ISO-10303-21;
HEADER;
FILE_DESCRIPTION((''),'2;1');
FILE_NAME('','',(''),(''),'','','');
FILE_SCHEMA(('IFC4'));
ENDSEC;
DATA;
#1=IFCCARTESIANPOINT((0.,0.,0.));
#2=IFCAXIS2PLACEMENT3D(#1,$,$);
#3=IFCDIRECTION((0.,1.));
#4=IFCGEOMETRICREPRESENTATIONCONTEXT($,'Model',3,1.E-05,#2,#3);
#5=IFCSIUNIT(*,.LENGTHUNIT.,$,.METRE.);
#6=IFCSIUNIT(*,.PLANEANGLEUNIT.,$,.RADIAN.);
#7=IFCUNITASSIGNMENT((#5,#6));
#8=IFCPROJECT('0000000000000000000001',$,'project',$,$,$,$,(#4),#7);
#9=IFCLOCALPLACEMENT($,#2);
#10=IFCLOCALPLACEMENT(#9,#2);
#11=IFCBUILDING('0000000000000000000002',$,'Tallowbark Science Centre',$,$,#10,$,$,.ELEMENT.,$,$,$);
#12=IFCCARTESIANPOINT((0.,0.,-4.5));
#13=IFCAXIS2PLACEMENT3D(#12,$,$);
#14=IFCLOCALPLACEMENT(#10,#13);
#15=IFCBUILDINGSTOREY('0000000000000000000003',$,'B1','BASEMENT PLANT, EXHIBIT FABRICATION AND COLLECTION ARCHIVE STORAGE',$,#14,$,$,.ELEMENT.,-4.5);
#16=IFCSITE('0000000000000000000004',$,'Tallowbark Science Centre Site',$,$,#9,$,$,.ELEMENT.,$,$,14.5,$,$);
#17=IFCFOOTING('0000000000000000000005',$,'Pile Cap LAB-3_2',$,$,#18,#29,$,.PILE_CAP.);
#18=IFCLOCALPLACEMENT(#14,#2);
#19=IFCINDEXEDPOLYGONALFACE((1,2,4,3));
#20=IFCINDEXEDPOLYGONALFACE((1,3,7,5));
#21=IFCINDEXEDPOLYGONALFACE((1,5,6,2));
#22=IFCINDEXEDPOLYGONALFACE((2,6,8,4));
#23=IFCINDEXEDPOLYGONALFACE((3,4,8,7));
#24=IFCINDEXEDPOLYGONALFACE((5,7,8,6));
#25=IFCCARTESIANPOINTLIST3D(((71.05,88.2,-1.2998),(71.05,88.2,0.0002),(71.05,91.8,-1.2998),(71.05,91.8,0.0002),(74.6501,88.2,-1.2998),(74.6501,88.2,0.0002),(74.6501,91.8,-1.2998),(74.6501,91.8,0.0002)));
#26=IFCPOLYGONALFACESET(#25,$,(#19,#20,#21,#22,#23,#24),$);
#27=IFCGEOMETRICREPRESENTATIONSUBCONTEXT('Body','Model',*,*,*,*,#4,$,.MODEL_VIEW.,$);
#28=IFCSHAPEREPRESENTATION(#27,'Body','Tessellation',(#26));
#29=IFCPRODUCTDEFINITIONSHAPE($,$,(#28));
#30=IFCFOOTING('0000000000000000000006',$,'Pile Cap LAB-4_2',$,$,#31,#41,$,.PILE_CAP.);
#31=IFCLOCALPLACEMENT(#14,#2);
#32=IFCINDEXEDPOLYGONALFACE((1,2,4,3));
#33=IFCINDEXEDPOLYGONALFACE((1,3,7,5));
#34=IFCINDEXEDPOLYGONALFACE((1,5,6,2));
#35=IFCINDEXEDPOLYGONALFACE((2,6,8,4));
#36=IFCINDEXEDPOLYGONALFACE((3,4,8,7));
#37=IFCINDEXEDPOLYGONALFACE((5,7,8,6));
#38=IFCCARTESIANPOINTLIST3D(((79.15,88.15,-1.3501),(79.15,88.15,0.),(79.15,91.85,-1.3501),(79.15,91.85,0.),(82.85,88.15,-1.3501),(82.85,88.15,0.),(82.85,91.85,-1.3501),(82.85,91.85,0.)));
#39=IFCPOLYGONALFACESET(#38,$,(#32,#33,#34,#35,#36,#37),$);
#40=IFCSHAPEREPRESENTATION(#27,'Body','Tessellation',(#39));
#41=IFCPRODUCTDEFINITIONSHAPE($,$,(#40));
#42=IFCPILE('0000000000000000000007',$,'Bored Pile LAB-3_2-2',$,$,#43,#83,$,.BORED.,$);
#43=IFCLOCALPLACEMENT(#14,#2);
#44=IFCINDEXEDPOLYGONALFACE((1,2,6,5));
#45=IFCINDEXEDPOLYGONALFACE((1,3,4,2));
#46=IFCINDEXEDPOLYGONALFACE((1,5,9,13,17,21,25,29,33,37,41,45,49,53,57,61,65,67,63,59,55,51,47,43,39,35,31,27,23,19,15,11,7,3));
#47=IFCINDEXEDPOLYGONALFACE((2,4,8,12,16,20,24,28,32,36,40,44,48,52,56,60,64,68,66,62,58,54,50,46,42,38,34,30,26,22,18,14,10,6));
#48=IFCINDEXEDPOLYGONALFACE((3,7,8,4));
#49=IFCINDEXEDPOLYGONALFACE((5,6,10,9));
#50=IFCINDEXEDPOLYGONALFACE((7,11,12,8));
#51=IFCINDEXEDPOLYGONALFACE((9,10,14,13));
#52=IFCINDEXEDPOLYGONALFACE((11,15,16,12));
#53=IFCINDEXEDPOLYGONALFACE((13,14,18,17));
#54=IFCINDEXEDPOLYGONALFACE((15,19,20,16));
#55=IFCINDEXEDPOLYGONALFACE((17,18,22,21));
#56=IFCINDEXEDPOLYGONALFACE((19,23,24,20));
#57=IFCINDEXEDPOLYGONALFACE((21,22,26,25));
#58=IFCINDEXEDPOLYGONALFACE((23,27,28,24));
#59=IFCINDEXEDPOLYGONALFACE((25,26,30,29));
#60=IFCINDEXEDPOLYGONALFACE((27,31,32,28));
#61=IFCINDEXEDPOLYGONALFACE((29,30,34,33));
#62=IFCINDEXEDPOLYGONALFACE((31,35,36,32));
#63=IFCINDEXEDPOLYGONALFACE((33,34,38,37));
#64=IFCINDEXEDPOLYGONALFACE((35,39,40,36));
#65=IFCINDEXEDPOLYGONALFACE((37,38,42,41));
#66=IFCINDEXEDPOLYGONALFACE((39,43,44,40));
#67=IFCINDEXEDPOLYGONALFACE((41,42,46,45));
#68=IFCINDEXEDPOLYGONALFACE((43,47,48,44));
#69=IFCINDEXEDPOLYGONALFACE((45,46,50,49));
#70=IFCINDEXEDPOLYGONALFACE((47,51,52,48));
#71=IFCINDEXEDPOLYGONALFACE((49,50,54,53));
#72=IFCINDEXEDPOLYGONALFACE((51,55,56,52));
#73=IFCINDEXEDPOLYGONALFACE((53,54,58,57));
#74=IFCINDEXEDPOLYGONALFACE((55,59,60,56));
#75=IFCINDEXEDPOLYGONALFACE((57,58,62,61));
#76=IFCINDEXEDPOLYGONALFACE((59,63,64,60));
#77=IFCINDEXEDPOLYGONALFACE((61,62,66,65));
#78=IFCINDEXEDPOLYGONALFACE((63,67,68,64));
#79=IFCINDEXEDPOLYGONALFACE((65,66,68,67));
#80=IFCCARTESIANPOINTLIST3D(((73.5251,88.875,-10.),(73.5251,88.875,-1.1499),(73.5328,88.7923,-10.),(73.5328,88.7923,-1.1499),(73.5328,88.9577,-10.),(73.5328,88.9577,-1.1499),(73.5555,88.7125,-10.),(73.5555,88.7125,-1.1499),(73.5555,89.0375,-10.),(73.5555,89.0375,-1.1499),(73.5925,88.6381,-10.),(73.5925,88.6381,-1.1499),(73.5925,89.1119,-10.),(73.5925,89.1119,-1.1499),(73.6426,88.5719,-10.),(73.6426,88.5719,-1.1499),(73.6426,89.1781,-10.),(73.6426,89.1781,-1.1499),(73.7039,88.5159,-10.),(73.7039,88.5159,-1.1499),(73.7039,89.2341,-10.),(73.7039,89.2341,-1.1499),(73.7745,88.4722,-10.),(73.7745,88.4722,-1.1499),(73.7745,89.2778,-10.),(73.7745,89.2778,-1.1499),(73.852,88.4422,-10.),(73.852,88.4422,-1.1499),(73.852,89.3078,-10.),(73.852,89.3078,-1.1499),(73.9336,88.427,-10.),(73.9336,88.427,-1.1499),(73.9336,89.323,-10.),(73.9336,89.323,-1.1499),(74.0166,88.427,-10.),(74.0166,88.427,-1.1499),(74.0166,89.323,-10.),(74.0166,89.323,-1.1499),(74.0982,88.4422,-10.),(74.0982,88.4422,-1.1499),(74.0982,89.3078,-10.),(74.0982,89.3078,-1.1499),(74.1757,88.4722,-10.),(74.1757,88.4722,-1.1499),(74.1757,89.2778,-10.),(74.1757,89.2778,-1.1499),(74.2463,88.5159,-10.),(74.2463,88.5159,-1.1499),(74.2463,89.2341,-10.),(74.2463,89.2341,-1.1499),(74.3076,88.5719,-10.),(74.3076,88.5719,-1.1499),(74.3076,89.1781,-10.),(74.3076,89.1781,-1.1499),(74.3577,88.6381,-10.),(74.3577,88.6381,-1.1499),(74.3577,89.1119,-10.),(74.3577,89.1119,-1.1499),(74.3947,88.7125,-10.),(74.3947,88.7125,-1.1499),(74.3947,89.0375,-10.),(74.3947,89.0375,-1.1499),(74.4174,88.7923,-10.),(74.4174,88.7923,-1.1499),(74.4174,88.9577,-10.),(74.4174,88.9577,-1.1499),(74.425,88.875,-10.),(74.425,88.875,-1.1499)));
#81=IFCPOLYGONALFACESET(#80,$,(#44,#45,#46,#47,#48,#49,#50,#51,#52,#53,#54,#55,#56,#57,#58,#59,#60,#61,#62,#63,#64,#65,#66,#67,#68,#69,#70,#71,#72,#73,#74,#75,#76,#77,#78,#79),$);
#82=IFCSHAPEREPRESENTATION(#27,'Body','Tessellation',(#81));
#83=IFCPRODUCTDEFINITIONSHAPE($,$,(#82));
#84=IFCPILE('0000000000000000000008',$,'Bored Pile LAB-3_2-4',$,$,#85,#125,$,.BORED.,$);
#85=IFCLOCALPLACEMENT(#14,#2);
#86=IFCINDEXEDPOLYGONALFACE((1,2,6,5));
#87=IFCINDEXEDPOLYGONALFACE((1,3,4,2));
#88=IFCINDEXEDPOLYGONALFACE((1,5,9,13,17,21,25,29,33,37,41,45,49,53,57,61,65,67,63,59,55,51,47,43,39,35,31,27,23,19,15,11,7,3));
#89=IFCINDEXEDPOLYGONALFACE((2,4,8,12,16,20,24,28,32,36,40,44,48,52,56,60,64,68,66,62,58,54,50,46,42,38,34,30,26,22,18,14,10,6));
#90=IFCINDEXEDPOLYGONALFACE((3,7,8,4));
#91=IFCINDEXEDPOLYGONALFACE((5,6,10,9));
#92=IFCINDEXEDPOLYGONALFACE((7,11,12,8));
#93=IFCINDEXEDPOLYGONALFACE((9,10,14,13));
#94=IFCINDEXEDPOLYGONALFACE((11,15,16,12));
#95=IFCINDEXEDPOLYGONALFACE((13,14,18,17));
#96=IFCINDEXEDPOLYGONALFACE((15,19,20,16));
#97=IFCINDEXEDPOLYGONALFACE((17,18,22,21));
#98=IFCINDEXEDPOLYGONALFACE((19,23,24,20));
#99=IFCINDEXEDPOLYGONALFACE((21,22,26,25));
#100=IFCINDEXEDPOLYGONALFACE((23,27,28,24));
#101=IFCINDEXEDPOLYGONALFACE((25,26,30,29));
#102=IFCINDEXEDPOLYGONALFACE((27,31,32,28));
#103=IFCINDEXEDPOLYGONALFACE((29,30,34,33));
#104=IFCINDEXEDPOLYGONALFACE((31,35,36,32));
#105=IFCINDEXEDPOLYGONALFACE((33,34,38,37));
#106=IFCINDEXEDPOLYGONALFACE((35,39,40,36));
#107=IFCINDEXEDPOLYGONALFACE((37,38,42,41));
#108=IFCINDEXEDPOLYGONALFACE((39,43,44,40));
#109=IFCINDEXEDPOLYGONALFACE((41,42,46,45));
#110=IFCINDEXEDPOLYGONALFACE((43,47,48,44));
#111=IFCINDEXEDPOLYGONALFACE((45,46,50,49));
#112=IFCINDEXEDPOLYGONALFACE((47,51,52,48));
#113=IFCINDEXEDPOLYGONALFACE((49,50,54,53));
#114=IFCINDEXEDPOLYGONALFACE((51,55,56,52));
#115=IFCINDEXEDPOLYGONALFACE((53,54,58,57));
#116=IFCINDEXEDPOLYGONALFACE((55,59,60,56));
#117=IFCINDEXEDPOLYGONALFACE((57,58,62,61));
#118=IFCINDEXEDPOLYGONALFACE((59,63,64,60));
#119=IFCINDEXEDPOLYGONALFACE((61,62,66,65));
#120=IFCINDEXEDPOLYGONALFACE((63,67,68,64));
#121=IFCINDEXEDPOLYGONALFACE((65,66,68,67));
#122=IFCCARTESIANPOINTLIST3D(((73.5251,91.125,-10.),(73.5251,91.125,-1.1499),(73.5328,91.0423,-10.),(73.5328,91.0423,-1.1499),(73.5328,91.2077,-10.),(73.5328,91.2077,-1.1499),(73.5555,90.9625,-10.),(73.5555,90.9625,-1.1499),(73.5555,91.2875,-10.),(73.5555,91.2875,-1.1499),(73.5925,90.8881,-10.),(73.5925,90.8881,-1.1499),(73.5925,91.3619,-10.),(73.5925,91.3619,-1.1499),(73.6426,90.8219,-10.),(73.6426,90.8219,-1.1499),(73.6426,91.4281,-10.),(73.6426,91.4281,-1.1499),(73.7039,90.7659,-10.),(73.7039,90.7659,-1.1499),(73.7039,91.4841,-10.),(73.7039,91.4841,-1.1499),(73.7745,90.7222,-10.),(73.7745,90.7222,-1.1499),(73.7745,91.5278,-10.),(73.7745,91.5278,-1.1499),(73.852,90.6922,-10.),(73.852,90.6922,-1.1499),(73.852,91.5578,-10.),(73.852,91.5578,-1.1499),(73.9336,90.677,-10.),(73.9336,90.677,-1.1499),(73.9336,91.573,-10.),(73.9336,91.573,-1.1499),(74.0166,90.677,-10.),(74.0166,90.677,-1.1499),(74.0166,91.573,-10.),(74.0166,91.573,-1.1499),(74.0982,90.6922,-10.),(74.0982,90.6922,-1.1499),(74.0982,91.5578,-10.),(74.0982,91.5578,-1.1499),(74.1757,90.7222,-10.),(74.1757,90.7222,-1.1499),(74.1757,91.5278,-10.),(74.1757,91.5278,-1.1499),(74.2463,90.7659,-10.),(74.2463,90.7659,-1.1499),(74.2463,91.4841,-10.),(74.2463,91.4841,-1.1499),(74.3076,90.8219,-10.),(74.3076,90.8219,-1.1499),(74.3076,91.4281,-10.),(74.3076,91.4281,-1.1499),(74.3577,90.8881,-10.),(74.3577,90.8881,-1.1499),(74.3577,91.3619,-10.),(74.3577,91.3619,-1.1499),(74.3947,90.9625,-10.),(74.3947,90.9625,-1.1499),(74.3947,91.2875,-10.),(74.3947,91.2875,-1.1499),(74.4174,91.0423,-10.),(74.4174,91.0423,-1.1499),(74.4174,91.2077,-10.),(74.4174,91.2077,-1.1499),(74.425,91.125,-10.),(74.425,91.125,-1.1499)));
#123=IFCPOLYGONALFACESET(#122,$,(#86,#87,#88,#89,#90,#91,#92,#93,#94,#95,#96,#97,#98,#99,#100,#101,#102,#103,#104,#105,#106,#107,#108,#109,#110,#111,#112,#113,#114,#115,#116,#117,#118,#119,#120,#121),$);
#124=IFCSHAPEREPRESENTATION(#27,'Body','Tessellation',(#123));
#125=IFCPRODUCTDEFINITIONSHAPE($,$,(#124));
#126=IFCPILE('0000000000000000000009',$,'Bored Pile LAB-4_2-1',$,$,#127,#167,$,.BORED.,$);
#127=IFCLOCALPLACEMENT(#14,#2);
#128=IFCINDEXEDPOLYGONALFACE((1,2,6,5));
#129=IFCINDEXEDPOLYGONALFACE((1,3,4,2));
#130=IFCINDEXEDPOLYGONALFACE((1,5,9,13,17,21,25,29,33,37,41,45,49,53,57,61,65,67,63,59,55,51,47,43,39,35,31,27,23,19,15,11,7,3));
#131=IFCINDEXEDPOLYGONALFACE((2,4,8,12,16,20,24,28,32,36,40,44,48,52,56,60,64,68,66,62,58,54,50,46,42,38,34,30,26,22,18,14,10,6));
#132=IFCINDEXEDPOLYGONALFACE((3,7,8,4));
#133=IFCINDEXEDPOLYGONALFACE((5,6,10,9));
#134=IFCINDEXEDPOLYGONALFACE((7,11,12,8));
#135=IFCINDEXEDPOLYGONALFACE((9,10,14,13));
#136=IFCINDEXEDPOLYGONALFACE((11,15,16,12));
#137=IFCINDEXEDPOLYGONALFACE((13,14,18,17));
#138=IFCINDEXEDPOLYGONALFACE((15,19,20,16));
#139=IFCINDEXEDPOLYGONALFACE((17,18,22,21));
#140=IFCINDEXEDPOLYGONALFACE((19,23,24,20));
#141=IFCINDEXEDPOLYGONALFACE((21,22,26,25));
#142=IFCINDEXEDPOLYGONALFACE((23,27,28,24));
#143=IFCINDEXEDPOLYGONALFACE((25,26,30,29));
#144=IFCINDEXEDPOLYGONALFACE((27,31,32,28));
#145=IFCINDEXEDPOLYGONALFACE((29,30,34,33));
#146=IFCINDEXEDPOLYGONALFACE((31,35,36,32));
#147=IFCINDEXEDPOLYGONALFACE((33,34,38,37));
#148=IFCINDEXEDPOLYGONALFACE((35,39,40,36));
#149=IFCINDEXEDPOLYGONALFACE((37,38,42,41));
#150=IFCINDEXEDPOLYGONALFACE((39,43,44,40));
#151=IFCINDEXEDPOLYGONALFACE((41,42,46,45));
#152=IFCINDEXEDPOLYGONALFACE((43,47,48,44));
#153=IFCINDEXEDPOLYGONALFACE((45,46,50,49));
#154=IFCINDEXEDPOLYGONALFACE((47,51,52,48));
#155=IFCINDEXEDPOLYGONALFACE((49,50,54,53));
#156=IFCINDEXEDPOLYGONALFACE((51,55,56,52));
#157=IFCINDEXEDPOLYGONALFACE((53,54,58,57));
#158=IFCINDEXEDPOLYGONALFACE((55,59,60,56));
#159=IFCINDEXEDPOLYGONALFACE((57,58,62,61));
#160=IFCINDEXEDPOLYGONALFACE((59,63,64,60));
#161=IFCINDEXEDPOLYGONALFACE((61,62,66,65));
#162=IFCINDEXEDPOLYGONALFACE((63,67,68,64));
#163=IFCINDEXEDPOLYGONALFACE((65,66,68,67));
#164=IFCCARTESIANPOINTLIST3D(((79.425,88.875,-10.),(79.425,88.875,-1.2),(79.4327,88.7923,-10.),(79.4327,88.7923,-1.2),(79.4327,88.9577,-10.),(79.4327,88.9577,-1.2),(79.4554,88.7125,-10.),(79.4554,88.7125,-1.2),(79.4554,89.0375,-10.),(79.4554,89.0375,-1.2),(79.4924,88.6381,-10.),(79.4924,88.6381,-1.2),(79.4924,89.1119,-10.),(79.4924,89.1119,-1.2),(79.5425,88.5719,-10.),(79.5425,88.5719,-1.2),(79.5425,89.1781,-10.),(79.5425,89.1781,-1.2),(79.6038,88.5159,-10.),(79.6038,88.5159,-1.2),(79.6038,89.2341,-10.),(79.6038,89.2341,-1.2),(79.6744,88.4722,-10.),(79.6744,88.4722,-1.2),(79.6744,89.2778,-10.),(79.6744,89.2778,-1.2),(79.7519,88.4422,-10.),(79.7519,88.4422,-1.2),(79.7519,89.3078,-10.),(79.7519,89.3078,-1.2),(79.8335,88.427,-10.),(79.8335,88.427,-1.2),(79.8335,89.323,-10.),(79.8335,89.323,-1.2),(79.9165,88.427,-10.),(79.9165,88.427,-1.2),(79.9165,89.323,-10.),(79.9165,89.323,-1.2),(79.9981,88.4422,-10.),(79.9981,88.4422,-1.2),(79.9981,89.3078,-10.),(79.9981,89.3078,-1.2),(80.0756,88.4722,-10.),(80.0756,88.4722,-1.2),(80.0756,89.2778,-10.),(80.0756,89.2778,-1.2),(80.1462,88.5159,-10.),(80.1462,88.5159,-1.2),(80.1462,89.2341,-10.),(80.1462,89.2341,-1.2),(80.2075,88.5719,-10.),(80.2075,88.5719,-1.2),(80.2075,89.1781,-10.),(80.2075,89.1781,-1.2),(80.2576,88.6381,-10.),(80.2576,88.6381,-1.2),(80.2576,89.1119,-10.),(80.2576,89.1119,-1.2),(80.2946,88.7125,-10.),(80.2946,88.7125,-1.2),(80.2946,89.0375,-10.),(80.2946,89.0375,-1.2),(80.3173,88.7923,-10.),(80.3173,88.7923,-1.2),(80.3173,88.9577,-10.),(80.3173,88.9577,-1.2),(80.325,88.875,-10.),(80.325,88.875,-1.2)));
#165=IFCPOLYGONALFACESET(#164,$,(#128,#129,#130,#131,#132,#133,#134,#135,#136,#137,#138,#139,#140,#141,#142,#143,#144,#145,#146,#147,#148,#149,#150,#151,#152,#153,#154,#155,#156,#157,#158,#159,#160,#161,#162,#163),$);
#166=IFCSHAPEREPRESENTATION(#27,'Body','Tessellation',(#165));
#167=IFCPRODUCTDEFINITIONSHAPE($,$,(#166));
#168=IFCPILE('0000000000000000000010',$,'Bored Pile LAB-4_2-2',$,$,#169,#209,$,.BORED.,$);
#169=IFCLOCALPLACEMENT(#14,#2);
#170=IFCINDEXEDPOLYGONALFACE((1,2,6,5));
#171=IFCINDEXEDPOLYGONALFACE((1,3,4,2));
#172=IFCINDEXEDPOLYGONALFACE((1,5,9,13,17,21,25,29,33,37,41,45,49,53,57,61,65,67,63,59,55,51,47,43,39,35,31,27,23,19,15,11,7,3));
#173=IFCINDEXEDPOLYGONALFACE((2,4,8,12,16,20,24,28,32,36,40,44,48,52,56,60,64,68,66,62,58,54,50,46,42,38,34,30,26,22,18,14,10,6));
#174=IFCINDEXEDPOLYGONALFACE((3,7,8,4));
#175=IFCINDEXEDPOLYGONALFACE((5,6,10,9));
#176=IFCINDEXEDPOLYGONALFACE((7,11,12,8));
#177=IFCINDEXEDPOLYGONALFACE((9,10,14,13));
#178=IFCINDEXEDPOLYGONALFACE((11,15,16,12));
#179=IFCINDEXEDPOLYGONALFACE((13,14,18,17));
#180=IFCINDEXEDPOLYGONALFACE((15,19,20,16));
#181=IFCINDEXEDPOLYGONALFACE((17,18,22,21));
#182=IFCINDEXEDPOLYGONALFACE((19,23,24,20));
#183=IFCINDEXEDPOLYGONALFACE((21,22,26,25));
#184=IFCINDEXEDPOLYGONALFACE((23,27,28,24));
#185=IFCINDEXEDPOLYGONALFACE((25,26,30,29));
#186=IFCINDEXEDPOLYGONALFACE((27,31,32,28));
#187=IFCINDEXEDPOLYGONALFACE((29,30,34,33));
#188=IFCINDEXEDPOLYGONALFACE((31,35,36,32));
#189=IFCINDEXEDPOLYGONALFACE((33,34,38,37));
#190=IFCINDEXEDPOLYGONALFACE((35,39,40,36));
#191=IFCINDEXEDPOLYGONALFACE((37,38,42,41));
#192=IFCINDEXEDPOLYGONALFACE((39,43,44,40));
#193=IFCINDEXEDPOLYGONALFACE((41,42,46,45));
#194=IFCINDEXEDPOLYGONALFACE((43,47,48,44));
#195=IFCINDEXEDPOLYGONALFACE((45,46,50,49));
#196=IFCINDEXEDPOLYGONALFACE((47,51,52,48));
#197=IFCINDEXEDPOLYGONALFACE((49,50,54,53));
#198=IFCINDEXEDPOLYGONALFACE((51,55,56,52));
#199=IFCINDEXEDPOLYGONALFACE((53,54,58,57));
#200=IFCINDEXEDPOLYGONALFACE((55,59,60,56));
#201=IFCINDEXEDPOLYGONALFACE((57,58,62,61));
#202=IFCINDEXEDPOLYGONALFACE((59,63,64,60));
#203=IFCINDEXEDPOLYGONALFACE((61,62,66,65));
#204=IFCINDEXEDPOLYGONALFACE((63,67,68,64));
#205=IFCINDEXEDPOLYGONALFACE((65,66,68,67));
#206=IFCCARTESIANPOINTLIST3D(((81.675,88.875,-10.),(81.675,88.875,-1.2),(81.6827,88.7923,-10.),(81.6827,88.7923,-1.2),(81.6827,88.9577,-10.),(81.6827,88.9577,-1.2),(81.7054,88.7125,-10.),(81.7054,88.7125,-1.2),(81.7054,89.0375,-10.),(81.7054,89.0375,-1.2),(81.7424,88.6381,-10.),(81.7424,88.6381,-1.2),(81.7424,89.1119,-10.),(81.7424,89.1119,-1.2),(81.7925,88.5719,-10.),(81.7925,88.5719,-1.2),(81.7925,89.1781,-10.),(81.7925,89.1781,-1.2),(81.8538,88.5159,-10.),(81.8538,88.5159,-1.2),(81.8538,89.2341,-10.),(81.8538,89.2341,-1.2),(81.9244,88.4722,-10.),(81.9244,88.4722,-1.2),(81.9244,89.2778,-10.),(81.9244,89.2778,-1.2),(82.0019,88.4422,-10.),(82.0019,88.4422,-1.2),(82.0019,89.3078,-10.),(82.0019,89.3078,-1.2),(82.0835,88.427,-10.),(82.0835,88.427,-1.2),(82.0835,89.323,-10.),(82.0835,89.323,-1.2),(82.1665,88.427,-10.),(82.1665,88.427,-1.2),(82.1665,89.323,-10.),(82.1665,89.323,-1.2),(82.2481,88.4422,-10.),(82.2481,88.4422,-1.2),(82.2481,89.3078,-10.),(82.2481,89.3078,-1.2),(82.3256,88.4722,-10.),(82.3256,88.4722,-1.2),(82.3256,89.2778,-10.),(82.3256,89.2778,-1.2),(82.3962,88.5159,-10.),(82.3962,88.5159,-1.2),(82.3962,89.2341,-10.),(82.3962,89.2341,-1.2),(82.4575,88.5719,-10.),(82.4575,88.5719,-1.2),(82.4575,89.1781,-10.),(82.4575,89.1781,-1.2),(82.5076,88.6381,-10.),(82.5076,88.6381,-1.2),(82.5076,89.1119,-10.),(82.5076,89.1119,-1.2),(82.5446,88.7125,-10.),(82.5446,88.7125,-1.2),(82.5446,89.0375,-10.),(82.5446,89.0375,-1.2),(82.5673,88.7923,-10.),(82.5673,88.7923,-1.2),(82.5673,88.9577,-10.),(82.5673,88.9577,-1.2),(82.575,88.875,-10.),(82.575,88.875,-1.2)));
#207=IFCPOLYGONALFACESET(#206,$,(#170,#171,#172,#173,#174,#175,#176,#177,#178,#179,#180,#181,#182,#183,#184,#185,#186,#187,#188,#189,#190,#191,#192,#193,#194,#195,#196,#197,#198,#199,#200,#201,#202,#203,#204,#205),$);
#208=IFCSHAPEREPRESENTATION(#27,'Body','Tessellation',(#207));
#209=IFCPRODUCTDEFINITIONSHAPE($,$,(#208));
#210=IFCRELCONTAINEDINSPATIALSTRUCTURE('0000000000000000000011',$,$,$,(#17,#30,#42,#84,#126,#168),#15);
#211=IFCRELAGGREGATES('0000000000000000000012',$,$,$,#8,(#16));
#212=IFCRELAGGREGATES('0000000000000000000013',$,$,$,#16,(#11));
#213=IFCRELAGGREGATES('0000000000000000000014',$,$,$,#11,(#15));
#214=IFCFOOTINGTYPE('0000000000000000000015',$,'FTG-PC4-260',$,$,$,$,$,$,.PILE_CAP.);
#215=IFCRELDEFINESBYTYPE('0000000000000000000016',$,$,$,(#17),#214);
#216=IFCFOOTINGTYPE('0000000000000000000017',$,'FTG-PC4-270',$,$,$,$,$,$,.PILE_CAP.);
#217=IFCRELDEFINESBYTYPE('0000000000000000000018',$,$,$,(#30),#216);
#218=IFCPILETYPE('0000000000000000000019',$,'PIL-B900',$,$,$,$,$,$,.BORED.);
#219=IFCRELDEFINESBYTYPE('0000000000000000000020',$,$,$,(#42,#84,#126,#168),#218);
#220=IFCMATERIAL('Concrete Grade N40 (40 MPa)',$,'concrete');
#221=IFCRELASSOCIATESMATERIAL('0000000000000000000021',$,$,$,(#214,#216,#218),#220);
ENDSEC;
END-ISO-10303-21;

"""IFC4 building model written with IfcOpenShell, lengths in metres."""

from ifc_helpers import new_model, si_unit, direction, frame, origin, origin_2d, place, context, subcontext, project, spatial, rectangle, circle, extrude, material, material_profile, profile_set, type_object, element, save


model = new_model("IFC4")

# Units and contexts
model_context = context("Model", 3, precision=1e-05, world=origin(), true_north=direction((0.0, 1.0)))
body_context = subcontext(model_context, "Body", "Model", "MODEL_VIEW")
ifc_project = project(units=[si_unit("LENGTHUNIT", "METRE"), si_unit("PLANEANGLEUNIT", "RADIAN")], contexts=[model_context])

# Site, building, storey
site_placement = place(None, origin())
site = spatial("IfcSite", under=ifc_project, at=site_placement, Name="Tallowbark Science Centre Site", CompositionType="ELEMENT", RefElevation=14.5)
building_placement = place(site_placement, origin())
building = spatial("IfcBuilding", under=site, at=building_placement, Name="Tallowbark Science Centre", CompositionType="ELEMENT")
storey_placement = place(building_placement, frame((0.0, 0.0, -4.5)))
storey = spatial("IfcBuildingStorey", under=building, at=storey_placement, Name="B1", Description="BASEMENT PLANT, EXHIBIT FABRICATION AND COLLECTION ARCHIVE STORAGE", CompositionType="ELEMENT", Elevation=-4.5)

# Footings
ifc_material_1 = material(Name="Concrete Grade N40 (40 MPa)", Category="concrete")
footing_type_1 = type_object("IfcFootingType", Name="FTG-PC4-260", PredefinedType="PILE_CAP", material=ifc_material_1)
footing_1_placement = place(storey_placement, frame((72.8501, 90.0, -1.2998), z_axis=(0.0, 0.0, 1.0), x_axis=(1.0, 0.0, 0.0)))
element("IfcFooting", 1, at=footing_1_placement, inside=storey, type_object=footing_type_1, Name="Pile Cap LAB-3_2", PredefinedType="PILE_CAP", context=body_context, shape_type="SweptSolid", body=[
    extrude(rectangle(XDim=3.6001, YDim=3.6001, at=origin_2d()), origin(), (0.0, 0.0, 1.0), 1.3),
])
footing_type_2 = type_object("IfcFootingType", Name="FTG-PC4-270", PredefinedType="PILE_CAP", material=ifc_material_1)
footing_2_placement = place(storey_placement, frame((81.0, 90.0, -1.3501), z_axis=(0.0, 0.0, 1.0), x_axis=(1.0, 0.0, 0.0)))
element("IfcFooting", 2, at=footing_2_placement, inside=storey, type_object=footing_type_2, Name="Pile Cap LAB-4_2", PredefinedType="PILE_CAP", context=body_context, shape_type="SweptSolid", body=[
    extrude(rectangle(XDim=3.7, YDim=3.7, at=origin_2d()), origin(), (0.0, 0.0, 1.0), 1.3501),
])

# Piles
ifc_material_profile_1 = material_profile(ifc_material_1, circle(Radius=0.45, at=origin_2d()), Name="PILE900")
ifc_profile_set_1 = profile_set([ifc_material_profile_1], Name="Concrete Grade N40 (40 MPa)")
pile_type = type_object("IfcPileType", Name="PIL-B900", PredefinedType="BORED", material=ifc_profile_set_1)
for number, where, z_axis, x_axis, name in (
    (3, (73.9751, 88.875, -1.1499), (0.0, 0.0, -1.0), (1.0, 0.0, 0.0), "Bored Pile LAB-3_2-2"),
    (4, (73.9751, 91.125, -1.1499), (0.0, 0.0, -1.0), (1.0, 0.0, 0.0), "Bored Pile LAB-3_2-4"),
):
    element("IfcPile", number, at=place(storey_placement, frame(where, z_axis=z_axis, x_axis=x_axis)), inside=storey, type_object=pile_type, Name=name, PredefinedType="BORED", context=body_context, shape_type="SweptSolid", body=[
        extrude(circle(Radius=0.45, at=origin_2d()), origin(), (0.0, 0.0, 1.0), 8.8501),
    ])
for number, where, z_axis, x_axis, name in (
    (5, (79.875, 88.875, -1.2), (0.0, 0.0, -1.0), (1.0, 0.0, 0.0), "Bored Pile LAB-4_2-1"),
    (6, (82.125, 88.875, -1.2), (0.0, 0.0, -1.0), (1.0, 0.0, 0.0), "Bored Pile LAB-4_2-2"),
):
    element("IfcPile", number, at=place(storey_placement, frame(where, z_axis=z_axis, x_axis=x_axis)), inside=storey, type_object=pile_type, Name=name, PredefinedType="BORED", context=body_context, shape_type="SweptSolid", body=[
        extrude(circle(Radius=0.45, at=origin_2d()), origin(), (0.0, 0.0, 1.0), 8.8),
    ])

save(model, "model.ifc")
